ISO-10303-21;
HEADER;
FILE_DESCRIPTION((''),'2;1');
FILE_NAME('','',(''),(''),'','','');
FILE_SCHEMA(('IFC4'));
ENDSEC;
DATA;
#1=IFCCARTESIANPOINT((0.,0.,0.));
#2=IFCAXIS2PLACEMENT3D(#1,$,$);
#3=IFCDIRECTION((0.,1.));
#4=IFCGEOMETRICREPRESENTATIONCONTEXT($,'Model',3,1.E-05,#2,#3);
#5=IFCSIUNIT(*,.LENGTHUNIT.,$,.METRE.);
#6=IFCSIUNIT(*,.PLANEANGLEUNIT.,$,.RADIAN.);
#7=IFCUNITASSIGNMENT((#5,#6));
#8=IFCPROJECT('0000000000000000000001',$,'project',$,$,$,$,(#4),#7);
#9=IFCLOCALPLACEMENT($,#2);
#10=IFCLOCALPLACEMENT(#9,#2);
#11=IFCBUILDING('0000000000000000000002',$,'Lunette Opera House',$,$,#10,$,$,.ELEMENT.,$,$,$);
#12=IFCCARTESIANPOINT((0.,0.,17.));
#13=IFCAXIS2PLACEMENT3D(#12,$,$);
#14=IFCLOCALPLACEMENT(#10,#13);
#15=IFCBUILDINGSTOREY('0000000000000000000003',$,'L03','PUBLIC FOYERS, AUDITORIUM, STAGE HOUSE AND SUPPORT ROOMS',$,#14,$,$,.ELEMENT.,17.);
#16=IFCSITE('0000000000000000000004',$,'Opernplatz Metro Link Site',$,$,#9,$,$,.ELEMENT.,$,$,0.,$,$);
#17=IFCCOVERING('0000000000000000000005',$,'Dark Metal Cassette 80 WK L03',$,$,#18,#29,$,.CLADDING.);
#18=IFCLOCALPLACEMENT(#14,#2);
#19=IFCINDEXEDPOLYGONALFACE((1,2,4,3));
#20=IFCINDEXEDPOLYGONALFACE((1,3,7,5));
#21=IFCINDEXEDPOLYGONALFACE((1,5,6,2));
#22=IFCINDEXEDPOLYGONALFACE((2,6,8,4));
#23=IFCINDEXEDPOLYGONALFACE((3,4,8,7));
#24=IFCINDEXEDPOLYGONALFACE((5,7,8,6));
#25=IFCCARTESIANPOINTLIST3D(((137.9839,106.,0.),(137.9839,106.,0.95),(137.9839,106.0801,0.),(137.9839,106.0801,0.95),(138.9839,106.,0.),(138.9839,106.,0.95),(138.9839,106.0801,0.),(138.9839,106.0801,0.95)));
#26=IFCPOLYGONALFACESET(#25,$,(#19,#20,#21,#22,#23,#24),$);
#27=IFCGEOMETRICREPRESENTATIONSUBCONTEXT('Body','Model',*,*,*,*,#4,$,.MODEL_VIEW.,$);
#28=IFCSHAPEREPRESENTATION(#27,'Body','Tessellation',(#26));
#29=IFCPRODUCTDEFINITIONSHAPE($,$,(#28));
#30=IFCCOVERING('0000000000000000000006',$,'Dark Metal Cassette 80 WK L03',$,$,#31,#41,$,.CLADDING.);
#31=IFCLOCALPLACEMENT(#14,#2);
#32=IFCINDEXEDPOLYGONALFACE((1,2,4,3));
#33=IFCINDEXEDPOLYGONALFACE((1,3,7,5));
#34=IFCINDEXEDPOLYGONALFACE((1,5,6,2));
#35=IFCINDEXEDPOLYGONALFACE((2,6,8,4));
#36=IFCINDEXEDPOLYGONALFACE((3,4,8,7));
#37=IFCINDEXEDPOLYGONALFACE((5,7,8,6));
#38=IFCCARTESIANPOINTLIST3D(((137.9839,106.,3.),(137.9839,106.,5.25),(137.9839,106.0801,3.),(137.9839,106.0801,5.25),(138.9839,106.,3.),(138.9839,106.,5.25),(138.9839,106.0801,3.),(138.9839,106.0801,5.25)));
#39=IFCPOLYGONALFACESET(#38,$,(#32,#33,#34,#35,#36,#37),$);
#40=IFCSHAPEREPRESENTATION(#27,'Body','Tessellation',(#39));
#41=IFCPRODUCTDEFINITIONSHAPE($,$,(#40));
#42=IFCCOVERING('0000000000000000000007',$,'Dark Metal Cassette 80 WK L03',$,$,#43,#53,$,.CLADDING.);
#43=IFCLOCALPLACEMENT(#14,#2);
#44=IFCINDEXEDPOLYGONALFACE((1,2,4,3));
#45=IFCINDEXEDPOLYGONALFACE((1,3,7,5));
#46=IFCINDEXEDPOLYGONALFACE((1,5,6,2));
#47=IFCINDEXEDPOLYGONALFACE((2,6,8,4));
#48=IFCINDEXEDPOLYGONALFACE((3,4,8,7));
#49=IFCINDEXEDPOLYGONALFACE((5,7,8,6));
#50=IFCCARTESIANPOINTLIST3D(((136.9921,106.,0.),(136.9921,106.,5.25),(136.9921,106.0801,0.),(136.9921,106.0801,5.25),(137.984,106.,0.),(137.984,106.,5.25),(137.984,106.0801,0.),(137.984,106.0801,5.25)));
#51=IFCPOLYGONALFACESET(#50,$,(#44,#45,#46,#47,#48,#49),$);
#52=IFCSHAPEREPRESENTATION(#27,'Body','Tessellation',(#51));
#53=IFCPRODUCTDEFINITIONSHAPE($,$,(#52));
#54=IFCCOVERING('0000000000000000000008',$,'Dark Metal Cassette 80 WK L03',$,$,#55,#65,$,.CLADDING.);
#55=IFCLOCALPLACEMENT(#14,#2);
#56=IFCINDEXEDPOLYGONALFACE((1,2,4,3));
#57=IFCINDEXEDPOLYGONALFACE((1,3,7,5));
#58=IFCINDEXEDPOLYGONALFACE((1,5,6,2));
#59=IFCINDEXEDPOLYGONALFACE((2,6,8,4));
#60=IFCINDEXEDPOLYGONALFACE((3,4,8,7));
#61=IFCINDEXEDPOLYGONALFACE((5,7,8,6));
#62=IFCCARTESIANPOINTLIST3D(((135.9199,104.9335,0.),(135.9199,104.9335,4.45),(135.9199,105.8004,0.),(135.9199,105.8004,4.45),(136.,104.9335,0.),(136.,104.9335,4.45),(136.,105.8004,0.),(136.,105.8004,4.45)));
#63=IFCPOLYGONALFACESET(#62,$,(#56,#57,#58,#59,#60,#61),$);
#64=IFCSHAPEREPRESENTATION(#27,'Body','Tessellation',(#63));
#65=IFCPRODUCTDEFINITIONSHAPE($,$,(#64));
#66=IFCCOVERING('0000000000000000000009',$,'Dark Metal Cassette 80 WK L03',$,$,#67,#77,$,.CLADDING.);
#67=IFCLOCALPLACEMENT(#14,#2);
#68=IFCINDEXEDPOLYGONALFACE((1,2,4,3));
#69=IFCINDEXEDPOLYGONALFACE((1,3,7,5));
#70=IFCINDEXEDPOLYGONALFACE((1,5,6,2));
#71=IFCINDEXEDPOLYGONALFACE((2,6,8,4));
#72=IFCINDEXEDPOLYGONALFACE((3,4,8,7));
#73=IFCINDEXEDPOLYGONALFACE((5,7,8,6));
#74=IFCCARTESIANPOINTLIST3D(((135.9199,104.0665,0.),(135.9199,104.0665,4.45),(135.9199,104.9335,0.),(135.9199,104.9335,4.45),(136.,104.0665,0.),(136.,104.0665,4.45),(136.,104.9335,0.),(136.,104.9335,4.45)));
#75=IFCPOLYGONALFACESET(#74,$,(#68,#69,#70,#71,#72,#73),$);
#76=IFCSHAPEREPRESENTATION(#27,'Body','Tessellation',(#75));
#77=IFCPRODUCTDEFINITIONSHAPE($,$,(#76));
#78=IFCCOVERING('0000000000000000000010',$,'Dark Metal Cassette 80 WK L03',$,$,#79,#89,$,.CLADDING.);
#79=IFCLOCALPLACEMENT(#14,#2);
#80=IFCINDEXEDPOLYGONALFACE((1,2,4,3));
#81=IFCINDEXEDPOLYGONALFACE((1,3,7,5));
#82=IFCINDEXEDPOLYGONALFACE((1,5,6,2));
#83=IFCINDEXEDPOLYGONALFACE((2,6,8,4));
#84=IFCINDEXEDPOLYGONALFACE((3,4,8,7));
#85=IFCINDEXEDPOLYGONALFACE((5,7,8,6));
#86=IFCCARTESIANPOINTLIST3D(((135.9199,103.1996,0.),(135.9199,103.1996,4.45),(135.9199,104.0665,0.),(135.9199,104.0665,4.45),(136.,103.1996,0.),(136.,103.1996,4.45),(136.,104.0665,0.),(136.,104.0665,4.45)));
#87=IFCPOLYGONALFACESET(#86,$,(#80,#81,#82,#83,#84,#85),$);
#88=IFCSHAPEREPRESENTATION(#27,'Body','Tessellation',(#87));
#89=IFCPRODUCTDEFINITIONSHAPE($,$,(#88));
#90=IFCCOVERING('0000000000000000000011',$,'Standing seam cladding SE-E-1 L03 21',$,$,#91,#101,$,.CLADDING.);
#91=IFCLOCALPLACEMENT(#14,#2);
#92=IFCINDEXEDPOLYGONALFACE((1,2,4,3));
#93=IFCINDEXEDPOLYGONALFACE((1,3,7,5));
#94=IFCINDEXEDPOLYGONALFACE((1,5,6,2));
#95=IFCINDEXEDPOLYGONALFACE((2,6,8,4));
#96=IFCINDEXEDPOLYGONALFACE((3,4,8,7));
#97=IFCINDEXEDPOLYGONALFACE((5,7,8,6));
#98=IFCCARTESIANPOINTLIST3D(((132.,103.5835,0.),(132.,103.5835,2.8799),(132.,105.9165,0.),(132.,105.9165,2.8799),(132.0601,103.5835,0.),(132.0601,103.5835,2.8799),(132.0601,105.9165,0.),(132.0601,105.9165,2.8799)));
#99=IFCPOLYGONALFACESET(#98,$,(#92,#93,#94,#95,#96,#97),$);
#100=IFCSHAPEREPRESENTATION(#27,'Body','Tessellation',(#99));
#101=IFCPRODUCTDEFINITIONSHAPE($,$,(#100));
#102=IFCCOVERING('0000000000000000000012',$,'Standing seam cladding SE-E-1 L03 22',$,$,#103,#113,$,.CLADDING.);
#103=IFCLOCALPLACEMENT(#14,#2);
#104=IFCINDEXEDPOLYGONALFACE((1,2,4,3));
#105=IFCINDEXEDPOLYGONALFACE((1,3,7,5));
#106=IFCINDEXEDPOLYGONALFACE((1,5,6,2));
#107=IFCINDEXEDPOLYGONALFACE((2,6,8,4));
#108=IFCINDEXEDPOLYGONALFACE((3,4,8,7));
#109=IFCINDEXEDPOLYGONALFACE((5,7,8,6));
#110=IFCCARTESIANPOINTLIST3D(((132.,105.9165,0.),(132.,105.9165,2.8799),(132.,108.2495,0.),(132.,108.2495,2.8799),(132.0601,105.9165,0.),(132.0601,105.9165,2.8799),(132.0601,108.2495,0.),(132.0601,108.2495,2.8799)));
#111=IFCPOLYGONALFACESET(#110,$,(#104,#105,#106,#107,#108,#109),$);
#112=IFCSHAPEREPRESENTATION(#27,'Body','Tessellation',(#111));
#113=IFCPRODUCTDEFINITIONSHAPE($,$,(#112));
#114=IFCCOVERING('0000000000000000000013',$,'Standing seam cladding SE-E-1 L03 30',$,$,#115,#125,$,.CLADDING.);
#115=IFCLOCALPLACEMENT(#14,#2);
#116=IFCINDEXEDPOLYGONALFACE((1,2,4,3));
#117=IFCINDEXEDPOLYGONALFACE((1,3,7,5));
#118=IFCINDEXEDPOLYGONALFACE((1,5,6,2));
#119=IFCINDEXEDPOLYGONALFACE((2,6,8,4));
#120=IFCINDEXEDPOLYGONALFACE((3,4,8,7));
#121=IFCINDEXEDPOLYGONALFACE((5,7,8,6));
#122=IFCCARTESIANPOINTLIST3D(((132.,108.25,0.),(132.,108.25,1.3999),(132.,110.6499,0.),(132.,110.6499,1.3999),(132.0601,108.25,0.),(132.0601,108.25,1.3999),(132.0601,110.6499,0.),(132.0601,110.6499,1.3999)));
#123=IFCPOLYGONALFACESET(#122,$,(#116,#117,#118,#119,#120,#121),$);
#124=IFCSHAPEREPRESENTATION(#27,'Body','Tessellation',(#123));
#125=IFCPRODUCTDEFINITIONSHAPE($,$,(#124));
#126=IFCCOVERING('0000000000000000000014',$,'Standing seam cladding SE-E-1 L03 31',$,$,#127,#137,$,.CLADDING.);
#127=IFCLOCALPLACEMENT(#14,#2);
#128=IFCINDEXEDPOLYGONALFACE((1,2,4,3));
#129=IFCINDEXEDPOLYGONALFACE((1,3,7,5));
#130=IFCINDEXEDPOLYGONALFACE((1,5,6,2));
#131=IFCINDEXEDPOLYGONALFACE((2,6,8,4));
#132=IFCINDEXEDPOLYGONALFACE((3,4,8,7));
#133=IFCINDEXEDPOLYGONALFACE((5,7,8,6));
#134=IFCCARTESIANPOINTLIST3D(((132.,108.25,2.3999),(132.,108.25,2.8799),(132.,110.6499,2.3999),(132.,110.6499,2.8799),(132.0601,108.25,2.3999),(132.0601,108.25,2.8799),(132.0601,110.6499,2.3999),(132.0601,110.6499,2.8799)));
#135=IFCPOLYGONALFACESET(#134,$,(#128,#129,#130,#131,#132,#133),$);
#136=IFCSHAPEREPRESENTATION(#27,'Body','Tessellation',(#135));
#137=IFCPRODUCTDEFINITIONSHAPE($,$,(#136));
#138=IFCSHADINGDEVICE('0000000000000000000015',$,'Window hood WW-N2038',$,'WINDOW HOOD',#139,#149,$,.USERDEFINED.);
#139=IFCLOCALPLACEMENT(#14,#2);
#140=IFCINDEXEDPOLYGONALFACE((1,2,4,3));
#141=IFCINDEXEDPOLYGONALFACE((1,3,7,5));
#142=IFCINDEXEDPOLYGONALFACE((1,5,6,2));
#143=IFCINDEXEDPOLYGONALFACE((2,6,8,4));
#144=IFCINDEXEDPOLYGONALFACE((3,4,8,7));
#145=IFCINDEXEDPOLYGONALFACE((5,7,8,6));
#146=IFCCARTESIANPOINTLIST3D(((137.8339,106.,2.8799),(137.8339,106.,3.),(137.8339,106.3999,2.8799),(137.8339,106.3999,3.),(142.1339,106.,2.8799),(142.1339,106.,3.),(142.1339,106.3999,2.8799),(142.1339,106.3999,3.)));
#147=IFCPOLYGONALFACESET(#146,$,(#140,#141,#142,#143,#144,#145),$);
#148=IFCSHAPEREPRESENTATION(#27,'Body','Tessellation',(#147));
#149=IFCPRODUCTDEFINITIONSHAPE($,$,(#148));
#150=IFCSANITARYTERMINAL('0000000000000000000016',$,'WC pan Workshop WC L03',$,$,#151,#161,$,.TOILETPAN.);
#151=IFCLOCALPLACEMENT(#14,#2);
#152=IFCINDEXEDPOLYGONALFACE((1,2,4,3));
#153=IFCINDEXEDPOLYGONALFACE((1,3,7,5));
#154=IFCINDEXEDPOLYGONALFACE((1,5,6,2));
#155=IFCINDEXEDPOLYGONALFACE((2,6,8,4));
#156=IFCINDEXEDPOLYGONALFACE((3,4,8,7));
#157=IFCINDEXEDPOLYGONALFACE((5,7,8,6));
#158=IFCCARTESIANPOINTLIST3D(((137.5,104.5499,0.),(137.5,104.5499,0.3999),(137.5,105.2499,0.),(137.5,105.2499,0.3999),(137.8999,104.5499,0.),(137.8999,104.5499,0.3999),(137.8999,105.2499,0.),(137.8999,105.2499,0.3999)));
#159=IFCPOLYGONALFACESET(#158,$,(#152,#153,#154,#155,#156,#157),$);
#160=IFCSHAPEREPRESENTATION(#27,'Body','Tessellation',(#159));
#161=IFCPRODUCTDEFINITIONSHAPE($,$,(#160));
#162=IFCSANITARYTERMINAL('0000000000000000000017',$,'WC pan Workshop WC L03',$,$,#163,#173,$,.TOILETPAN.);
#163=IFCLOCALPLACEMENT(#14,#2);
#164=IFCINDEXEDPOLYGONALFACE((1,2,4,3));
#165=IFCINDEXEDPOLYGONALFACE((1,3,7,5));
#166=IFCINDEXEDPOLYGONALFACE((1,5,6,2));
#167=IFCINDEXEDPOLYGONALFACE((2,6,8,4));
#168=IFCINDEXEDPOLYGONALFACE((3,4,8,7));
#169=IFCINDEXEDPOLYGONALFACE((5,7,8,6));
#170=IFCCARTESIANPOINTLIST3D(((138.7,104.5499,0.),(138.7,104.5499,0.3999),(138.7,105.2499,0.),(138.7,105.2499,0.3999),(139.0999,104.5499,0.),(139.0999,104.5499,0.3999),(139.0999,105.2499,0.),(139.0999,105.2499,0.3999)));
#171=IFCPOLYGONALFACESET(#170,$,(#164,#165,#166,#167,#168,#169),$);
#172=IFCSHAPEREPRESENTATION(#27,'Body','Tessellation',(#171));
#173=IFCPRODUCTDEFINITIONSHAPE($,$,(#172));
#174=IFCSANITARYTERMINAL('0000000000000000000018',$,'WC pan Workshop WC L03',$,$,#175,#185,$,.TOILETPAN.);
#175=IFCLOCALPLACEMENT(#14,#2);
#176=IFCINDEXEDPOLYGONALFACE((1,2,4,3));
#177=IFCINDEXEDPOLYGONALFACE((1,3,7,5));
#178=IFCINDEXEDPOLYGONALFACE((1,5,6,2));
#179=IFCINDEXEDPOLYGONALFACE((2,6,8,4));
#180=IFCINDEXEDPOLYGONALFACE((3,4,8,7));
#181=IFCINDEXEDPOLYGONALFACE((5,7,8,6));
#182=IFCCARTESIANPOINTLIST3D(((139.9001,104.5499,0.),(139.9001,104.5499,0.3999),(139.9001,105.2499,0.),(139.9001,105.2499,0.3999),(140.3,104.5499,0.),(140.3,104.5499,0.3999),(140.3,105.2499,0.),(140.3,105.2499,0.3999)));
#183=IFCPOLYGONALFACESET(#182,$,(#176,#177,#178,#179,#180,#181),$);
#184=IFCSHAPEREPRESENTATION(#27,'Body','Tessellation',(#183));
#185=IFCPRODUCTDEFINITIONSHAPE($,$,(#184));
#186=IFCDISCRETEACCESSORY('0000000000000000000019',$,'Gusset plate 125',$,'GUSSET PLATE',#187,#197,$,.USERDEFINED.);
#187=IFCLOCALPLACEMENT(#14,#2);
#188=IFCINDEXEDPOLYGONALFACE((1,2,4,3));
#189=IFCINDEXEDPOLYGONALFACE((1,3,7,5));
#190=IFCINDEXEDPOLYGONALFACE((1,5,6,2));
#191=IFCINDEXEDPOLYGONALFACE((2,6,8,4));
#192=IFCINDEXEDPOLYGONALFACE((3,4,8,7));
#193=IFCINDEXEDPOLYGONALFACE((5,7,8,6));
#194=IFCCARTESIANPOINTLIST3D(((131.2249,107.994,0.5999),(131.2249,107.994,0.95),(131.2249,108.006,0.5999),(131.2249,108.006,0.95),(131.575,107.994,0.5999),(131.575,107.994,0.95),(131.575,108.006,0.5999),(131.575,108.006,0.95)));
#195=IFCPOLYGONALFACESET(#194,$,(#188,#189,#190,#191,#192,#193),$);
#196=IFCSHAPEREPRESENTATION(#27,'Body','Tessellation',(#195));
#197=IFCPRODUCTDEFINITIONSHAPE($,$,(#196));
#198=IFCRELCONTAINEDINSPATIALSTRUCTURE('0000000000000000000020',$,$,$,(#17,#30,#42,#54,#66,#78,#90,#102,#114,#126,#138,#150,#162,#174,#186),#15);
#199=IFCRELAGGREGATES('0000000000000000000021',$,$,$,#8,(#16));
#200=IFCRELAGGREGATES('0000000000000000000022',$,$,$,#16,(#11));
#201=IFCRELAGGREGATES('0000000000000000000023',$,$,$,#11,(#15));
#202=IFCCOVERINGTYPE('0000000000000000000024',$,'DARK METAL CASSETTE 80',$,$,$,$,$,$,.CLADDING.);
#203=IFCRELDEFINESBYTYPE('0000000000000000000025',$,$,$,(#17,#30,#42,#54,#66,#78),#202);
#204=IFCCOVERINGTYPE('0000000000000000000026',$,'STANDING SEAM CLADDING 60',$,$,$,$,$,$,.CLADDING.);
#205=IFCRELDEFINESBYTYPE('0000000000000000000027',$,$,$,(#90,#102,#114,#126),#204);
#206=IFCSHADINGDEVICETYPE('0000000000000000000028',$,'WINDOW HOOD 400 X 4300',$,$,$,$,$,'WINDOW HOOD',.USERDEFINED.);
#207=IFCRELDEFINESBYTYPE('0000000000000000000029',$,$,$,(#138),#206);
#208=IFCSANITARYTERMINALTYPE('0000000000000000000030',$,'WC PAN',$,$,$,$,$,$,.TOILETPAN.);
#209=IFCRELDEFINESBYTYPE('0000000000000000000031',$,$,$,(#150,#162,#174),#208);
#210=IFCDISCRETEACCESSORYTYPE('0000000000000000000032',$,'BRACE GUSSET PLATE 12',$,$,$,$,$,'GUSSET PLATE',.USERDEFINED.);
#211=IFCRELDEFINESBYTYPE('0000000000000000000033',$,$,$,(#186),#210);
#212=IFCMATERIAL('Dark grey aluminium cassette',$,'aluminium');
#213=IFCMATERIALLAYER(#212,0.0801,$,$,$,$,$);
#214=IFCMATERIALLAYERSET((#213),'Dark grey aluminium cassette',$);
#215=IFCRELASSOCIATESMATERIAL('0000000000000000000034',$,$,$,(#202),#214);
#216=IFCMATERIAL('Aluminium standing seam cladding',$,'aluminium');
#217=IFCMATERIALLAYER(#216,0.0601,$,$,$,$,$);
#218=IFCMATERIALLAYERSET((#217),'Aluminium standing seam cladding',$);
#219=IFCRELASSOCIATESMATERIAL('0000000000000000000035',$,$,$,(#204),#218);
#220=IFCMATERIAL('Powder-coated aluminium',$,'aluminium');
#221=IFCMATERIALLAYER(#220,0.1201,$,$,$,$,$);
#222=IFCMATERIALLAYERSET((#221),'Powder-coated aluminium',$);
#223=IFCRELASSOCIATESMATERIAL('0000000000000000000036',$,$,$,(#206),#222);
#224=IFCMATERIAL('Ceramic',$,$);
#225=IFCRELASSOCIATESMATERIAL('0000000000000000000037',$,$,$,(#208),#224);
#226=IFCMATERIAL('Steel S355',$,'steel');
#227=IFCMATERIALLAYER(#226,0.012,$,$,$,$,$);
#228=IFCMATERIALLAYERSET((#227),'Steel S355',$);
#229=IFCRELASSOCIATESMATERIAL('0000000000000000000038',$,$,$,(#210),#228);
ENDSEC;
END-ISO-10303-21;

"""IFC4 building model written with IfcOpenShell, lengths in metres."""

from ifc_helpers import new_model, si_unit, direction, frame, origin, origin_2d, place, context, subcontext, project, spatial, rectangle, extrude, material, layer, layer_set, type_object, element, save


model = new_model("IFC4")

# Units and contexts
model_context = context("Model", 3, precision=1e-05, world=origin(), true_north=direction((0.0, 1.0)))
body_context = subcontext(model_context, "Body", "Model", "MODEL_VIEW")
ifc_project = project(units=[si_unit("LENGTHUNIT", "METRE"), si_unit("PLANEANGLEUNIT", "RADIAN")], contexts=[model_context])

# Site, building, storey
site_placement = place(None, origin())
site = spatial("IfcSite", under=ifc_project, at=site_placement, Name="Opernplatz Metro Link Site", CompositionType="ELEMENT", RefElevation=0.0)
building_placement = place(site_placement, origin())
building = spatial("IfcBuilding", under=site, at=building_placement, Name="Lunette Opera House", CompositionType="ELEMENT")
storey_placement = place(building_placement, frame((0.0, 0.0, 17.0)))
storey = spatial("IfcBuildingStorey", under=building, at=storey_placement, Name="L03", Description="PUBLIC FOYERS, AUDITORIUM, STAGE HOUSE AND SUPPORT ROOMS", CompositionType="ELEMENT", Elevation=17.0)

# Coverings
ifc_material_1 = material(Name="Dark grey aluminium cassette", Category="aluminium")
ifc_layer_1 = layer(ifc_material_1, 0.0801)
ifc_layer_set_1 = layer_set([ifc_layer_1], Name="Dark grey aluminium cassette")
covering_type_1 = type_object("IfcCoveringType", Name="DARK METAL CASSETTE 80", PredefinedType="CLADDING", material=ifc_layer_set_1)
covering_1_placement = place(storey_placement, frame((138.4839, 106.04, 0.0), z_axis=(0.0, 0.0, 1.0), x_axis=(-1.0, 0.0, 0.0)))
element("IfcCovering", 1, at=covering_1_placement, inside=storey, type_object=covering_type_1, Name="Dark Metal Cassette 80 WK L03", PredefinedType="CLADDING", context=body_context, shape_type="SweptSolid", body=[
    extrude(rectangle(XDim=1.0, YDim=0.0801, at=origin_2d()), origin(), (0.0, 0.0, 1.0), 0.95),
])
covering_2_placement = place(storey_placement, frame((138.4839, 106.04, 3.0), z_axis=(0.0, 0.0, 1.0), x_axis=(-1.0, 0.0, 0.0)))
element("IfcCovering", 2, at=covering_2_placement, inside=storey, type_object=covering_type_1, Name="Dark Metal Cassette 80 WK L03", PredefinedType="CLADDING", context=body_context, shape_type="SweptSolid", body=[
    extrude(rectangle(XDim=1.0, YDim=0.0801, at=origin_2d()), origin(), (0.0, 0.0, 1.0), 2.25),
])
covering_3_placement = place(storey_placement, frame((137.488, 106.04, 0.0), z_axis=(0.0, 0.0, 1.0), x_axis=(-1.0, 0.0, 0.0)))
element("IfcCovering", 3, at=covering_3_placement, inside=storey, type_object=covering_type_1, Name="Dark Metal Cassette 80 WK L03", PredefinedType="CLADDING", context=body_context, shape_type="SweptSolid", body=[
    extrude(rectangle(XDim=0.9919, YDim=0.0801, at=origin_2d()), origin(), (0.0, 0.0, 1.0), 5.25),
])
for number, where, z_axis, x_axis, name in (
    (4, (135.96, 105.3669, 0.0), (0.0, 0.0, 1.0), (0.0, -1.0, 0.0), "Dark Metal Cassette 80 WK L03"),
    (5, (135.96, 104.5, 0.0), (0.0, 0.0, 1.0), (0.0, -1.0, 0.0), "Dark Metal Cassette 80 WK L03"),
    (6, (135.96, 103.6331, 0.0), (0.0, 0.0, 1.0), (0.0, -1.0, 0.0), "Dark Metal Cassette 80 WK L03"),
):
    element("IfcCovering", number, at=place(storey_placement, frame(where, z_axis=z_axis, x_axis=x_axis)), inside=storey, type_object=covering_type_1, Name=name, PredefinedType="CLADDING", context=body_context, shape_type="SweptSolid", body=[
        extrude(rectangle(XDim=0.8669, YDim=0.0801, at=origin_2d()), origin(), (0.0, 0.0, 1.0), 4.45),
    ])
ifc_material_2 = material(Name="Aluminium standing seam cladding", Category="aluminium")
ifc_layer_2 = layer(ifc_material_2, 0.0601)
ifc_layer_set_2 = layer_set([ifc_layer_2], Name="Aluminium standing seam cladding")
covering_type_2 = type_object("IfcCoveringType", Name="STANDING SEAM CLADDING 60", PredefinedType="CLADDING", material=ifc_layer_set_2)
for number, where, z_axis, x_axis, name in (
    (7, (132.03, 104.75, 0.0), (0.0, 0.0, 1.0), (0.0, 1.0, 0.0), "Standing seam cladding SE-E-1 L03 21"),
    (8, (132.03, 107.083, 0.0), (0.0, 0.0, 1.0), (0.0, 1.0, 0.0), "Standing seam cladding SE-E-1 L03 22"),
):
    element("IfcCovering", number, at=place(storey_placement, frame(where, z_axis=z_axis, x_axis=x_axis)), inside=storey, type_object=covering_type_2, Name=name, PredefinedType="CLADDING", context=body_context, shape_type="SweptSolid", body=[
        extrude(rectangle(XDim=2.333, YDim=0.0601, at=origin_2d()), origin(), (0.0, 0.0, 1.0), 2.8799),
    ])
covering_4_placement = place(storey_placement, frame((132.03, 109.45, 0.0), z_axis=(0.0, 0.0, 1.0), x_axis=(0.0, 1.0, 0.0)))
element("IfcCovering", 9, at=covering_4_placement, inside=storey, type_object=covering_type_2, Name="Standing seam cladding SE-E-1 L03 30", PredefinedType="CLADDING", context=body_context, shape_type="SweptSolid", body=[
    extrude(rectangle(XDim=2.3999, YDim=0.0601, at=origin_2d()), origin(), (0.0, 0.0, 1.0), 1.3999),
])
covering_5_placement = place(storey_placement, frame((132.03, 109.45, 2.3999), z_axis=(0.0, 0.0, 1.0), x_axis=(0.0, 1.0, 0.0)))
element("IfcCovering", 10, at=covering_5_placement, inside=storey, type_object=covering_type_2, Name="Standing seam cladding SE-E-1 L03 31", PredefinedType="CLADDING", context=body_context, shape_type="SweptSolid", body=[
    extrude(rectangle(XDim=2.3999, YDim=0.0601, at=origin_2d()), origin(), (0.0, 0.0, 1.0), 0.48),
])

# Shading device
ifc_material_3 = material(Name="Powder-coated aluminium", Category="aluminium")
ifc_layer_3 = layer(ifc_material_3, 0.1201)
ifc_layer_set_3 = layer_set([ifc_layer_3], Name="Powder-coated aluminium")
shading_device_type = type_object("IfcShadingDeviceType", Name="WINDOW HOOD 400 X 4300", ElementType="WINDOW HOOD", PredefinedType="USERDEFINED", material=ifc_layer_set_3)
shading_device_placement = place(storey_placement, frame((139.9839, 106.2, 2.8799), z_axis=(0.0, 0.0, 1.0), x_axis=(0.0, 1.0, 0.0)))
element("IfcShadingDevice", 11, at=shading_device_placement, inside=storey, type_object=shading_device_type, Name="Window hood WW-N2038", ObjectType="WINDOW HOOD", PredefinedType="USERDEFINED", context=body_context, shape_type="SweptSolid", body=[
    extrude(rectangle(XDim=0.3999, YDim=4.3, at=origin_2d()), origin(), (0.0, 0.0, 1.0), 0.1201),
])

# Sanitary terminals
ifc_material_4 = material(Name="Ceramic")
sanitary_terminal_type = type_object("IfcSanitaryTerminalType", Name="WC PAN", PredefinedType="TOILETPAN", material=ifc_material_4)
for number, where, z_axis, x_axis, name in (
    (12, (137.7, 104.8999, 0.0), (0.0, 0.0, 1.0), (1.0, 0.0, 0.0), "WC pan Workshop WC L03"),
    (13, (138.8999, 104.8999, 0.0), (0.0, 0.0, 1.0), (1.0, 0.0, 0.0), "WC pan Workshop WC L03"),
    (14, (140.1001, 104.8999, 0.0), (0.0, 0.0, 1.0), (1.0, 0.0, 0.0), "WC pan Workshop WC L03"),
):
    element("IfcSanitaryTerminal", number, at=place(storey_placement, frame(where, z_axis=z_axis, x_axis=x_axis)), inside=storey, type_object=sanitary_terminal_type, Name=name, PredefinedType="TOILETPAN", context=body_context, shape_type="SweptSolid", body=[
        extrude(rectangle(XDim=0.3999, YDim=0.7, at=origin_2d()), origin(), (0.0, 0.0, 1.0), 0.3999),
    ])

# Discrete accessory
ifc_material_5 = material(Name="Steel S355", Category="steel")
ifc_layer_4 = layer(ifc_material_5, 0.012)
ifc_layer_set_4 = layer_set([ifc_layer_4], Name="Steel S355")
discrete_accessory_type = type_object("IfcDiscreteAccessoryType", Name="BRACE GUSSET PLATE 12", ElementType="GUSSET PLATE", PredefinedType="USERDEFINED", material=ifc_layer_set_4)
discrete_accessory_placement = place(storey_placement, frame((131.3999, 108.0, 0.5999), z_axis=(0.0, 0.0, 1.0), x_axis=(1.0, 0.0, 0.0)))
element("IfcDiscreteAccessory", 15, at=discrete_accessory_placement, inside=storey, type_object=discrete_accessory_type, Name="Gusset plate 125", ObjectType="GUSSET PLATE", PredefinedType="USERDEFINED", context=body_context, shape_type="SweptSolid", body=[
    extrude(rectangle(XDim=0.3501, YDim=0.012, at=origin_2d()), origin(), (0.0, 0.0, 1.0), 0.3501),
])

save(model, "model.ifc")
